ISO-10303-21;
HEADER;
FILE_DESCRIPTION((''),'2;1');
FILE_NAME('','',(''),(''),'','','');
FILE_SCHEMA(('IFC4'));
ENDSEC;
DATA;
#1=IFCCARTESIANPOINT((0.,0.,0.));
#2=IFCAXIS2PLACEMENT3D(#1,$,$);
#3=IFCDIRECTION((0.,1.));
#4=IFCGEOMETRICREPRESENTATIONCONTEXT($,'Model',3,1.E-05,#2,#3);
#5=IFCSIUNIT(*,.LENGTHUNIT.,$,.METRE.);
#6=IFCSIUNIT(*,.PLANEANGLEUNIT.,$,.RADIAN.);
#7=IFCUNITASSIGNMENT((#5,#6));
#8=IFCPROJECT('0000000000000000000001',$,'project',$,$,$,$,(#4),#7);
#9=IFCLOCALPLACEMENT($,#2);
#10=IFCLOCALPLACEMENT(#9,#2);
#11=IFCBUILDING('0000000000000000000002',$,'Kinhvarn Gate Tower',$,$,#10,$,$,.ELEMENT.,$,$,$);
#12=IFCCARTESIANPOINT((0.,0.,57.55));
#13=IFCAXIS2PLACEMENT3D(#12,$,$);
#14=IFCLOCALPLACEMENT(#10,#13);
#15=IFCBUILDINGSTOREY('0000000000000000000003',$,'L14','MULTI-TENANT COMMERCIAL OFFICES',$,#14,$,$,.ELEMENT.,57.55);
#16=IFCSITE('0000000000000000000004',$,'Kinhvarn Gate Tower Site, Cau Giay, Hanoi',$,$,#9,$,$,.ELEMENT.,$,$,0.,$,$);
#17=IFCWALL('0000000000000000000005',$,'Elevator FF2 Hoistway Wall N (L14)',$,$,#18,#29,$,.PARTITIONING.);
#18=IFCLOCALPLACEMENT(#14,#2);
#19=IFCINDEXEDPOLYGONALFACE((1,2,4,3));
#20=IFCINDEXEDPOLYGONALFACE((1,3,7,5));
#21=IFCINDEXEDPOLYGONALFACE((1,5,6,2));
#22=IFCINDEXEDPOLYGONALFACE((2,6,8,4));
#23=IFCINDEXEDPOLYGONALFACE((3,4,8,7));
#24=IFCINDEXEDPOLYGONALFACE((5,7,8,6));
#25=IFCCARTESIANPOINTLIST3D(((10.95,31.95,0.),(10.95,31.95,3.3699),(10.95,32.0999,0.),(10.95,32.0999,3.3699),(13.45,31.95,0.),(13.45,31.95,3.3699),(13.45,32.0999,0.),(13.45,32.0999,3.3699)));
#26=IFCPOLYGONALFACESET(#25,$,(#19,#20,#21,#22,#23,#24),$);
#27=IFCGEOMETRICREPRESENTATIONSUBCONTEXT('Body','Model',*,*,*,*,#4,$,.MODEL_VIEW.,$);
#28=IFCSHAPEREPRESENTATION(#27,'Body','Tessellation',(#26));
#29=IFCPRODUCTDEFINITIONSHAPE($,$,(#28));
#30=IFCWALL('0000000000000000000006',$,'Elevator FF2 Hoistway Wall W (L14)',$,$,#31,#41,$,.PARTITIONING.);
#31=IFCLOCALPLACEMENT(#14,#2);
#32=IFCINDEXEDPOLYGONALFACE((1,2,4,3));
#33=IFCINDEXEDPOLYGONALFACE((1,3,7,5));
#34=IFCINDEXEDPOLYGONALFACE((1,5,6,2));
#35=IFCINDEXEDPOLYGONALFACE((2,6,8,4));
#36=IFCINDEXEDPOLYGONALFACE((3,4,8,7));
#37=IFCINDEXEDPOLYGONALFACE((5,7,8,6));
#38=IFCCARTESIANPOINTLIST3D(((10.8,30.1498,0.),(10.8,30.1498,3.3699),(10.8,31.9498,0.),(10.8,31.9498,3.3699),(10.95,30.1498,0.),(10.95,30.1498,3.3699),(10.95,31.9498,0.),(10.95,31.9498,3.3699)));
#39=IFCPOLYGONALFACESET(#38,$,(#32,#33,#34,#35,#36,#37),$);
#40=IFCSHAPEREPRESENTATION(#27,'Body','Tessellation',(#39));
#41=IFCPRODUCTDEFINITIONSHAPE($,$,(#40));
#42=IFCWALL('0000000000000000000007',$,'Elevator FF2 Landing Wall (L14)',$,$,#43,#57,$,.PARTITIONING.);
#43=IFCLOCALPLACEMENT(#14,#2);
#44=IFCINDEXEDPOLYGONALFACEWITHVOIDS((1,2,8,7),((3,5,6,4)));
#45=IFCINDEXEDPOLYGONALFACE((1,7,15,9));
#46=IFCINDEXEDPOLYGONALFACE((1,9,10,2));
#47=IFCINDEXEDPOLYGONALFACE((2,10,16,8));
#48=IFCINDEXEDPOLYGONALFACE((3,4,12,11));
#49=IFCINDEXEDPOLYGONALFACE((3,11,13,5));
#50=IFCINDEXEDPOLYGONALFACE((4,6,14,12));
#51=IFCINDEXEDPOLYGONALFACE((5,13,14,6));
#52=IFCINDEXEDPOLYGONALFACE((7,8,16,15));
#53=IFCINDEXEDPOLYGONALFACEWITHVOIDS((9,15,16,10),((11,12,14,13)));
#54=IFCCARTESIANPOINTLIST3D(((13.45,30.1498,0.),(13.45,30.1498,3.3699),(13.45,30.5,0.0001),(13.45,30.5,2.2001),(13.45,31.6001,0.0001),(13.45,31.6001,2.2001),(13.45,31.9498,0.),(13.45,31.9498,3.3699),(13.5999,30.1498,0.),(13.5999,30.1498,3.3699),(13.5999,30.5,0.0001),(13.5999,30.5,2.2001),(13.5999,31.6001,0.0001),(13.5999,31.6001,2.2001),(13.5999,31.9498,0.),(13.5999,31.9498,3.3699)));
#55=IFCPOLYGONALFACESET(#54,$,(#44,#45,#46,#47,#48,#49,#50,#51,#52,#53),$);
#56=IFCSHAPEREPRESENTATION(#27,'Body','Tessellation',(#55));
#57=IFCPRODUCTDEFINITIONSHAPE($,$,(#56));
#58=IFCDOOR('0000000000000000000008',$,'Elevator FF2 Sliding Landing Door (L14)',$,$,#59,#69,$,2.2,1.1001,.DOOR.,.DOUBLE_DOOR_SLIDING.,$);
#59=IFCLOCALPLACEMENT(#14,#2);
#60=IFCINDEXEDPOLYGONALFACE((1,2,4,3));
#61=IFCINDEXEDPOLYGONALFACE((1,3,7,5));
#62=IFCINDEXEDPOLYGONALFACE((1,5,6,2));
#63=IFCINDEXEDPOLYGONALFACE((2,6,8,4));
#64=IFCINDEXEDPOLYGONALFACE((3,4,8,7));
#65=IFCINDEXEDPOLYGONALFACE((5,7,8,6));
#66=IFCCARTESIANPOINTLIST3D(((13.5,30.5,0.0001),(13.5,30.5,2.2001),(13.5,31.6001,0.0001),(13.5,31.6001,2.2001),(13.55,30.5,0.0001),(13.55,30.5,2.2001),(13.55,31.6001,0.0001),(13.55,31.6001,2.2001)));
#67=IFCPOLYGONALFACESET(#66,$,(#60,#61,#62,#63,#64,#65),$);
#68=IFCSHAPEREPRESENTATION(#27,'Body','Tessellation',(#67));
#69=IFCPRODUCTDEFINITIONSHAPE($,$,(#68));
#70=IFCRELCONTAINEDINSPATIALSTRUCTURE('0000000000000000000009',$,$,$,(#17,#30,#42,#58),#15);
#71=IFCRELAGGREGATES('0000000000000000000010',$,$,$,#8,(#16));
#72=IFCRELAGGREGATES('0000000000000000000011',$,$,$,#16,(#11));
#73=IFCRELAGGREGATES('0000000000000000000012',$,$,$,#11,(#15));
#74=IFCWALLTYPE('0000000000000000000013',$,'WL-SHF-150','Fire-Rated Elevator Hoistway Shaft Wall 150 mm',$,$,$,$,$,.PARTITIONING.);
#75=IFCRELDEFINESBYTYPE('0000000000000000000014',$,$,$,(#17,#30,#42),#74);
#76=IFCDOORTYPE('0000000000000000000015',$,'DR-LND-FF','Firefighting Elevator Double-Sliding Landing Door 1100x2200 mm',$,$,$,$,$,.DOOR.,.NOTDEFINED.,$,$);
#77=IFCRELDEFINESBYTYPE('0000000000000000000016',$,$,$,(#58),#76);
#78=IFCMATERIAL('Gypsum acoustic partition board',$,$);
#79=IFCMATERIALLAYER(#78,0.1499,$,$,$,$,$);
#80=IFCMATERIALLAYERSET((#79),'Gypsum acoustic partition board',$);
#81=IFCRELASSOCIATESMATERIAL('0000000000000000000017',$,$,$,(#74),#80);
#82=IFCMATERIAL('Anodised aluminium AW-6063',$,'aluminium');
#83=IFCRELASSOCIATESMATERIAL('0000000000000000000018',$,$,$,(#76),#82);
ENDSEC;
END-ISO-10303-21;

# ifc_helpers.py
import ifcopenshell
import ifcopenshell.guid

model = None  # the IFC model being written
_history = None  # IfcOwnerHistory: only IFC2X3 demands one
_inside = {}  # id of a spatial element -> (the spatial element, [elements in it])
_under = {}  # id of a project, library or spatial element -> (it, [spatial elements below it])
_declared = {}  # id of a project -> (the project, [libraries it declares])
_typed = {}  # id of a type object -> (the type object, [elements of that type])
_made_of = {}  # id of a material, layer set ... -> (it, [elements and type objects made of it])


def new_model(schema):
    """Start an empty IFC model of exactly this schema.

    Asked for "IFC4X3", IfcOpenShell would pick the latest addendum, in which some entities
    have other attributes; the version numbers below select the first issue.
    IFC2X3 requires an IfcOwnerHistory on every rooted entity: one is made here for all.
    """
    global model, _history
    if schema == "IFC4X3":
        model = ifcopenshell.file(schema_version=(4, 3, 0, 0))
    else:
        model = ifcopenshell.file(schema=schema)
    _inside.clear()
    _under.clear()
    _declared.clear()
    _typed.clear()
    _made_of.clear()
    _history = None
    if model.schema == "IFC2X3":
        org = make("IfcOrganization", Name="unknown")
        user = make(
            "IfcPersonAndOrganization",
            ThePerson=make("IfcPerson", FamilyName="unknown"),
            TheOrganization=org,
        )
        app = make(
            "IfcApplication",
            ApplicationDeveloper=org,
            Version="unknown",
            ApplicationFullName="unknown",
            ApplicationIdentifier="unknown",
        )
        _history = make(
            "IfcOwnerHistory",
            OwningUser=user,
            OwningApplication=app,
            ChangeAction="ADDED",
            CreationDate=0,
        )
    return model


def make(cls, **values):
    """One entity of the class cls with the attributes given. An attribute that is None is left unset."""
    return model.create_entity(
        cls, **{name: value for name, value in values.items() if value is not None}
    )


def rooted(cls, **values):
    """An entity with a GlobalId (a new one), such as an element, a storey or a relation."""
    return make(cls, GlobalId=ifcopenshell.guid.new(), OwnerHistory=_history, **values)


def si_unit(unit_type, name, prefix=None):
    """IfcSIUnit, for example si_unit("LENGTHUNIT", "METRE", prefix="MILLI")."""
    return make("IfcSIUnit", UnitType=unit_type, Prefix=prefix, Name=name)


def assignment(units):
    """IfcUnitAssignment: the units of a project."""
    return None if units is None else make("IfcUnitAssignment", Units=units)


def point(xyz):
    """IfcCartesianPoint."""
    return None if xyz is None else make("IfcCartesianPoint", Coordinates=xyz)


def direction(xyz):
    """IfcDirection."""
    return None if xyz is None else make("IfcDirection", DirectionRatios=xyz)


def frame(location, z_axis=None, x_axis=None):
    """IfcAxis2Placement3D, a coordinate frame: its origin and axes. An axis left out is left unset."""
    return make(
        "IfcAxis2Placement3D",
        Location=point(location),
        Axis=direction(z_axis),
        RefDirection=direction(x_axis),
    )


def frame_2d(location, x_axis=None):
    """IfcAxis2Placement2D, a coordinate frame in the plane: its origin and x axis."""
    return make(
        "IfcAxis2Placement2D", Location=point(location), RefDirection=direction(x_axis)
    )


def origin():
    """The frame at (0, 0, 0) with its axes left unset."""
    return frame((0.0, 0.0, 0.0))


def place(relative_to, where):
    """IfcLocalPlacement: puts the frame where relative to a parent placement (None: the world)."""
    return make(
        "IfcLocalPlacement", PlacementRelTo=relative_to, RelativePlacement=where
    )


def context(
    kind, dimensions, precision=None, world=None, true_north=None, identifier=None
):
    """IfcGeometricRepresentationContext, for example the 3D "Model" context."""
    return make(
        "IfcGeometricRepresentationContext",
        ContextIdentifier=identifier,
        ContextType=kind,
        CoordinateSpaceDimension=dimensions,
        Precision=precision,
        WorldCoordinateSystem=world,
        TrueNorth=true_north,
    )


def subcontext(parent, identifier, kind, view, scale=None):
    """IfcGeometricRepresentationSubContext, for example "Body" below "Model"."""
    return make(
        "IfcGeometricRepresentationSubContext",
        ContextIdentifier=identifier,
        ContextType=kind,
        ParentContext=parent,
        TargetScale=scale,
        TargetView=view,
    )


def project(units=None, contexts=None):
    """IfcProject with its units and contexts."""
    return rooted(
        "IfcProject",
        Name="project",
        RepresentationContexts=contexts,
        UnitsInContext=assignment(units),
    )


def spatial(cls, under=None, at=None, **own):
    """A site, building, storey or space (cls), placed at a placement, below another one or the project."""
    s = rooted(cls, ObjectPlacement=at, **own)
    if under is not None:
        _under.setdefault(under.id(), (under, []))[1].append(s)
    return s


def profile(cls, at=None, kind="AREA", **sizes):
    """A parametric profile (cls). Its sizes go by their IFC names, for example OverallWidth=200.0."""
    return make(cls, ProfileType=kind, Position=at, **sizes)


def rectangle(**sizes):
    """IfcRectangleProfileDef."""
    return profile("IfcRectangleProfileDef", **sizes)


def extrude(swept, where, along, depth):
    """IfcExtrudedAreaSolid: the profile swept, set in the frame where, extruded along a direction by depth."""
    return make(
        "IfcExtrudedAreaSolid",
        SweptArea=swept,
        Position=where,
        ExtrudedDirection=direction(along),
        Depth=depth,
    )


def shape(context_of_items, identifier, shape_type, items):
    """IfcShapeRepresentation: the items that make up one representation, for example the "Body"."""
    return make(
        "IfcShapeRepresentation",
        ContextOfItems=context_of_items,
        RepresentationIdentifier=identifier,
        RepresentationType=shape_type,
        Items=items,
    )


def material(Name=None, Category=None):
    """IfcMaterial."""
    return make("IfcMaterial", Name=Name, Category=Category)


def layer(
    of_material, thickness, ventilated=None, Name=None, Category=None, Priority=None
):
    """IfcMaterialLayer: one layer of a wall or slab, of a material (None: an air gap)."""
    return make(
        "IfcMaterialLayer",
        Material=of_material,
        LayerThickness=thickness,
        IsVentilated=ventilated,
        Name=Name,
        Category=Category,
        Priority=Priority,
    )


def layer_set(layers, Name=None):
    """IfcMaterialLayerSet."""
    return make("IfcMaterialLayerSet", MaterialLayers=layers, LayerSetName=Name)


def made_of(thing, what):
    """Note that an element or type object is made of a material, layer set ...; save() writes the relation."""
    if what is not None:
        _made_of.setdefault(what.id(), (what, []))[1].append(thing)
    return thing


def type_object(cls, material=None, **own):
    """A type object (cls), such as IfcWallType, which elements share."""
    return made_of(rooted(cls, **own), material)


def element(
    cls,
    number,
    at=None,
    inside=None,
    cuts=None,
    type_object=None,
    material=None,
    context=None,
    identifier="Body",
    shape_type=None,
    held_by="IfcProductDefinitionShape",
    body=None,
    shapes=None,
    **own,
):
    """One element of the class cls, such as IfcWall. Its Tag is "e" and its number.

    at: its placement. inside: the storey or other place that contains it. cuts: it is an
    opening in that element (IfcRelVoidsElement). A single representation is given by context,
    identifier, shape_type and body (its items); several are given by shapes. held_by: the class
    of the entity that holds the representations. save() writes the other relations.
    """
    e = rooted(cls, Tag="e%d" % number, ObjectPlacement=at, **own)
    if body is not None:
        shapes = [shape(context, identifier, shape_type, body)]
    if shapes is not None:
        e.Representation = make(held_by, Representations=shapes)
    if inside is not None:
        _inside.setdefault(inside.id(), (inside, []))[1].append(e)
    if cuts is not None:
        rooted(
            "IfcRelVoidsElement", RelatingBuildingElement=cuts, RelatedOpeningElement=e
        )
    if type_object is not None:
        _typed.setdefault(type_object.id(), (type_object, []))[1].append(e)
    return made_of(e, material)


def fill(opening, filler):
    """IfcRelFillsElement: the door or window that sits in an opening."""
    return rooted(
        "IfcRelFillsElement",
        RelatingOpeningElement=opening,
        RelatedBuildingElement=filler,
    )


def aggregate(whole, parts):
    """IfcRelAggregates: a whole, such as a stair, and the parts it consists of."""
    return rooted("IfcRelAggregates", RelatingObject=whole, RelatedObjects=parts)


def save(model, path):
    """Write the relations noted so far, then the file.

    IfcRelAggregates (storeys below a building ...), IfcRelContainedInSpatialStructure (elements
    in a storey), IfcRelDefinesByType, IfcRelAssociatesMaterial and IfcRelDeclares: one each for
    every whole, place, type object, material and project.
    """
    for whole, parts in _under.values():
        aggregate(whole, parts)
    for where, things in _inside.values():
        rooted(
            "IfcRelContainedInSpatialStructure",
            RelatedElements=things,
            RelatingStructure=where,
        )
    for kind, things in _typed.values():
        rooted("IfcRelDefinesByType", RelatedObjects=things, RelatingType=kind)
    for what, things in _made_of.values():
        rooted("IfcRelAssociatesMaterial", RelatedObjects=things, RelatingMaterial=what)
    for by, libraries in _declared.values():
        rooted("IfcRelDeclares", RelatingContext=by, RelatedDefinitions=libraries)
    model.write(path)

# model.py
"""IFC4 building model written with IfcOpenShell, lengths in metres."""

from ifc_helpers import new_model, si_unit, direction, frame, frame_2d, origin, place, context, subcontext, project, spatial, rectangle, extrude, material, layer, layer_set, type_object, element, fill, save


model = new_model("IFC4")

# Units and contexts
model_context = context("Model", 3, precision=1e-05, world=origin(), true_north=direction((0.0, 1.0)))
body_context = subcontext(model_context, "Body", "Model", "MODEL_VIEW")
ifc_project = project(units=[si_unit("LENGTHUNIT", "METRE"), si_unit("PLANEANGLEUNIT", "RADIAN")], contexts=[model_context])

# Site, building, storey
site_placement = place(None, origin())
site = spatial("IfcSite", under=ifc_project, at=site_placement, Name="Kinhvarn Gate Tower Site, Cau Giay, Hanoi", CompositionType="ELEMENT", RefElevation=0.0)
building_placement = place(site_placement, origin())
building = spatial("IfcBuilding", under=site, at=building_placement, Name="Kinhvarn Gate Tower", CompositionType="ELEMENT")
storey_placement = place(building_placement, frame((0.0, 0.0, 57.55)))
storey = spatial("IfcBuildingStorey", under=building, at=storey_placement, Name="L14", Description="MULTI-TENANT COMMERCIAL OFFICES", CompositionType="ELEMENT", Elevation=57.55)

# Shared definitions
ifc_material_1 = material(Name="Anodised aluminium AW-6063", Category="aluminium")
ifc_material_2 = material(Name="Gypsum acoustic partition board")

# Shared definitions
ifc_layer_1 = layer(ifc_material_2, 0.1499)
ifc_layer_set_1 = layer_set([ifc_layer_1], Name="Gypsum acoustic partition board")
wall_type_1 = type_object("IfcWallType", Name="WL-SHF-150", Description="Fire-Rated Elevator Hoistway Shaft Wall 150 mm", PredefinedType="PARTITIONING", material=ifc_layer_set_1)

# Walls
wall_1_placement = place(storey_placement, frame((10.95, 32.0249, 0.0), z_axis=(0.0, 0.0, 1.0), x_axis=(1.0, 0.0, 0.0)))
element("IfcWall", 1, at=wall_1_placement, inside=storey, type_object=wall_type_1, Name="Elevator FF2 Hoistway Wall N (L14)", PredefinedType="PARTITIONING", context=body_context, shape_type="SweptSolid", body=[
    extrude(rectangle(XDim=2.5, YDim=0.1499, at=frame_2d((1.25, 0.0))), origin(), (0.0, 0.0, 1.0), 3.3699),
])
wall_2_placement = place(storey_placement, frame((10.875, 30.1499, 0.0), z_axis=(0.0, 0.0, 1.0), x_axis=(0.0, 1.0, 0.0)))
element("IfcWall", 2, at=wall_2_placement, inside=storey, type_object=wall_type_1, Name="Elevator FF2 Hoistway Wall W (L14)", PredefinedType="PARTITIONING", context=body_context, shape_type="SweptSolid", body=[
    extrude(rectangle(XDim=1.8, YDim=0.1499, at=frame_2d((0.8999, 0.0))), origin(), (0.0, 0.0, 1.0), 3.3699),
])

# Wall, opening, door
wall_3_placement = place(storey_placement, frame((13.5249, 30.1499, 0.0), z_axis=(0.0, 0.0, 1.0), x_axis=(0.0, 1.0, 0.0)))
wall_3 = element("IfcWall", 3, at=wall_3_placement, inside=storey, type_object=wall_type_1, Name="Elevator FF2 Landing Wall (L14)", PredefinedType="PARTITIONING", context=body_context, shape_type="SweptSolid", body=[
    extrude(rectangle(XDim=1.8, YDim=0.1499, at=frame_2d((0.8999, 0.0))), origin(), (0.0, 0.0, 1.0), 3.3699),
])
opening_1_placement = place(wall_3_placement, frame((0.3501, 0.0, 0.0)))
opening_1 = element("IfcOpeningElement", 4, at=opening_1_placement, cuts=wall_3, PredefinedType="OPENING", context=body_context, shape_type="SweptSolid", body=[
    extrude(rectangle(XDim=1.1001, YDim=2.2, at=frame_2d((0.55, 1.1001))), frame((0.0, 0.085, 0.0), z_axis=(0.0, -1.0, 0.0), x_axis=(1.0, 0.0, 0.0)), (0.0, 0.0, 1.0), 0.1699),
])
door_type_1 = type_object("IfcDoorType", Name="DR-LND-FF", Description="Firefighting Elevator Double-Sliding Landing Door 1100x2200 mm", OperationType="NOTDEFINED", PredefinedType="DOOR", material=ifc_material_1)
door_1_placement = place(opening_1_placement, origin())
door_1 = element("IfcDoor", 5, at=door_1_placement, inside=storey, type_object=door_type_1, Name="Elevator FF2 Sliding Landing Door (L14)", OperationType="DOUBLE_DOOR_SLIDING", OverallHeight=2.2, OverallWidth=1.1001, PredefinedType="DOOR", context=body_context, shape_type="SweptSolid", body=[
    extrude(rectangle(XDim=1.1001, YDim=2.2, at=frame_2d((0.55, 1.1001))), frame((0.0, 0.0249, 0.0), z_axis=(0.0, -1.0, 0.0), x_axis=(1.0, 0.0, 0.0)), (0.0, 0.0, 1.0), 0.05),
])
fill(opening_1, door_1)

save(model, "model.ifc")
